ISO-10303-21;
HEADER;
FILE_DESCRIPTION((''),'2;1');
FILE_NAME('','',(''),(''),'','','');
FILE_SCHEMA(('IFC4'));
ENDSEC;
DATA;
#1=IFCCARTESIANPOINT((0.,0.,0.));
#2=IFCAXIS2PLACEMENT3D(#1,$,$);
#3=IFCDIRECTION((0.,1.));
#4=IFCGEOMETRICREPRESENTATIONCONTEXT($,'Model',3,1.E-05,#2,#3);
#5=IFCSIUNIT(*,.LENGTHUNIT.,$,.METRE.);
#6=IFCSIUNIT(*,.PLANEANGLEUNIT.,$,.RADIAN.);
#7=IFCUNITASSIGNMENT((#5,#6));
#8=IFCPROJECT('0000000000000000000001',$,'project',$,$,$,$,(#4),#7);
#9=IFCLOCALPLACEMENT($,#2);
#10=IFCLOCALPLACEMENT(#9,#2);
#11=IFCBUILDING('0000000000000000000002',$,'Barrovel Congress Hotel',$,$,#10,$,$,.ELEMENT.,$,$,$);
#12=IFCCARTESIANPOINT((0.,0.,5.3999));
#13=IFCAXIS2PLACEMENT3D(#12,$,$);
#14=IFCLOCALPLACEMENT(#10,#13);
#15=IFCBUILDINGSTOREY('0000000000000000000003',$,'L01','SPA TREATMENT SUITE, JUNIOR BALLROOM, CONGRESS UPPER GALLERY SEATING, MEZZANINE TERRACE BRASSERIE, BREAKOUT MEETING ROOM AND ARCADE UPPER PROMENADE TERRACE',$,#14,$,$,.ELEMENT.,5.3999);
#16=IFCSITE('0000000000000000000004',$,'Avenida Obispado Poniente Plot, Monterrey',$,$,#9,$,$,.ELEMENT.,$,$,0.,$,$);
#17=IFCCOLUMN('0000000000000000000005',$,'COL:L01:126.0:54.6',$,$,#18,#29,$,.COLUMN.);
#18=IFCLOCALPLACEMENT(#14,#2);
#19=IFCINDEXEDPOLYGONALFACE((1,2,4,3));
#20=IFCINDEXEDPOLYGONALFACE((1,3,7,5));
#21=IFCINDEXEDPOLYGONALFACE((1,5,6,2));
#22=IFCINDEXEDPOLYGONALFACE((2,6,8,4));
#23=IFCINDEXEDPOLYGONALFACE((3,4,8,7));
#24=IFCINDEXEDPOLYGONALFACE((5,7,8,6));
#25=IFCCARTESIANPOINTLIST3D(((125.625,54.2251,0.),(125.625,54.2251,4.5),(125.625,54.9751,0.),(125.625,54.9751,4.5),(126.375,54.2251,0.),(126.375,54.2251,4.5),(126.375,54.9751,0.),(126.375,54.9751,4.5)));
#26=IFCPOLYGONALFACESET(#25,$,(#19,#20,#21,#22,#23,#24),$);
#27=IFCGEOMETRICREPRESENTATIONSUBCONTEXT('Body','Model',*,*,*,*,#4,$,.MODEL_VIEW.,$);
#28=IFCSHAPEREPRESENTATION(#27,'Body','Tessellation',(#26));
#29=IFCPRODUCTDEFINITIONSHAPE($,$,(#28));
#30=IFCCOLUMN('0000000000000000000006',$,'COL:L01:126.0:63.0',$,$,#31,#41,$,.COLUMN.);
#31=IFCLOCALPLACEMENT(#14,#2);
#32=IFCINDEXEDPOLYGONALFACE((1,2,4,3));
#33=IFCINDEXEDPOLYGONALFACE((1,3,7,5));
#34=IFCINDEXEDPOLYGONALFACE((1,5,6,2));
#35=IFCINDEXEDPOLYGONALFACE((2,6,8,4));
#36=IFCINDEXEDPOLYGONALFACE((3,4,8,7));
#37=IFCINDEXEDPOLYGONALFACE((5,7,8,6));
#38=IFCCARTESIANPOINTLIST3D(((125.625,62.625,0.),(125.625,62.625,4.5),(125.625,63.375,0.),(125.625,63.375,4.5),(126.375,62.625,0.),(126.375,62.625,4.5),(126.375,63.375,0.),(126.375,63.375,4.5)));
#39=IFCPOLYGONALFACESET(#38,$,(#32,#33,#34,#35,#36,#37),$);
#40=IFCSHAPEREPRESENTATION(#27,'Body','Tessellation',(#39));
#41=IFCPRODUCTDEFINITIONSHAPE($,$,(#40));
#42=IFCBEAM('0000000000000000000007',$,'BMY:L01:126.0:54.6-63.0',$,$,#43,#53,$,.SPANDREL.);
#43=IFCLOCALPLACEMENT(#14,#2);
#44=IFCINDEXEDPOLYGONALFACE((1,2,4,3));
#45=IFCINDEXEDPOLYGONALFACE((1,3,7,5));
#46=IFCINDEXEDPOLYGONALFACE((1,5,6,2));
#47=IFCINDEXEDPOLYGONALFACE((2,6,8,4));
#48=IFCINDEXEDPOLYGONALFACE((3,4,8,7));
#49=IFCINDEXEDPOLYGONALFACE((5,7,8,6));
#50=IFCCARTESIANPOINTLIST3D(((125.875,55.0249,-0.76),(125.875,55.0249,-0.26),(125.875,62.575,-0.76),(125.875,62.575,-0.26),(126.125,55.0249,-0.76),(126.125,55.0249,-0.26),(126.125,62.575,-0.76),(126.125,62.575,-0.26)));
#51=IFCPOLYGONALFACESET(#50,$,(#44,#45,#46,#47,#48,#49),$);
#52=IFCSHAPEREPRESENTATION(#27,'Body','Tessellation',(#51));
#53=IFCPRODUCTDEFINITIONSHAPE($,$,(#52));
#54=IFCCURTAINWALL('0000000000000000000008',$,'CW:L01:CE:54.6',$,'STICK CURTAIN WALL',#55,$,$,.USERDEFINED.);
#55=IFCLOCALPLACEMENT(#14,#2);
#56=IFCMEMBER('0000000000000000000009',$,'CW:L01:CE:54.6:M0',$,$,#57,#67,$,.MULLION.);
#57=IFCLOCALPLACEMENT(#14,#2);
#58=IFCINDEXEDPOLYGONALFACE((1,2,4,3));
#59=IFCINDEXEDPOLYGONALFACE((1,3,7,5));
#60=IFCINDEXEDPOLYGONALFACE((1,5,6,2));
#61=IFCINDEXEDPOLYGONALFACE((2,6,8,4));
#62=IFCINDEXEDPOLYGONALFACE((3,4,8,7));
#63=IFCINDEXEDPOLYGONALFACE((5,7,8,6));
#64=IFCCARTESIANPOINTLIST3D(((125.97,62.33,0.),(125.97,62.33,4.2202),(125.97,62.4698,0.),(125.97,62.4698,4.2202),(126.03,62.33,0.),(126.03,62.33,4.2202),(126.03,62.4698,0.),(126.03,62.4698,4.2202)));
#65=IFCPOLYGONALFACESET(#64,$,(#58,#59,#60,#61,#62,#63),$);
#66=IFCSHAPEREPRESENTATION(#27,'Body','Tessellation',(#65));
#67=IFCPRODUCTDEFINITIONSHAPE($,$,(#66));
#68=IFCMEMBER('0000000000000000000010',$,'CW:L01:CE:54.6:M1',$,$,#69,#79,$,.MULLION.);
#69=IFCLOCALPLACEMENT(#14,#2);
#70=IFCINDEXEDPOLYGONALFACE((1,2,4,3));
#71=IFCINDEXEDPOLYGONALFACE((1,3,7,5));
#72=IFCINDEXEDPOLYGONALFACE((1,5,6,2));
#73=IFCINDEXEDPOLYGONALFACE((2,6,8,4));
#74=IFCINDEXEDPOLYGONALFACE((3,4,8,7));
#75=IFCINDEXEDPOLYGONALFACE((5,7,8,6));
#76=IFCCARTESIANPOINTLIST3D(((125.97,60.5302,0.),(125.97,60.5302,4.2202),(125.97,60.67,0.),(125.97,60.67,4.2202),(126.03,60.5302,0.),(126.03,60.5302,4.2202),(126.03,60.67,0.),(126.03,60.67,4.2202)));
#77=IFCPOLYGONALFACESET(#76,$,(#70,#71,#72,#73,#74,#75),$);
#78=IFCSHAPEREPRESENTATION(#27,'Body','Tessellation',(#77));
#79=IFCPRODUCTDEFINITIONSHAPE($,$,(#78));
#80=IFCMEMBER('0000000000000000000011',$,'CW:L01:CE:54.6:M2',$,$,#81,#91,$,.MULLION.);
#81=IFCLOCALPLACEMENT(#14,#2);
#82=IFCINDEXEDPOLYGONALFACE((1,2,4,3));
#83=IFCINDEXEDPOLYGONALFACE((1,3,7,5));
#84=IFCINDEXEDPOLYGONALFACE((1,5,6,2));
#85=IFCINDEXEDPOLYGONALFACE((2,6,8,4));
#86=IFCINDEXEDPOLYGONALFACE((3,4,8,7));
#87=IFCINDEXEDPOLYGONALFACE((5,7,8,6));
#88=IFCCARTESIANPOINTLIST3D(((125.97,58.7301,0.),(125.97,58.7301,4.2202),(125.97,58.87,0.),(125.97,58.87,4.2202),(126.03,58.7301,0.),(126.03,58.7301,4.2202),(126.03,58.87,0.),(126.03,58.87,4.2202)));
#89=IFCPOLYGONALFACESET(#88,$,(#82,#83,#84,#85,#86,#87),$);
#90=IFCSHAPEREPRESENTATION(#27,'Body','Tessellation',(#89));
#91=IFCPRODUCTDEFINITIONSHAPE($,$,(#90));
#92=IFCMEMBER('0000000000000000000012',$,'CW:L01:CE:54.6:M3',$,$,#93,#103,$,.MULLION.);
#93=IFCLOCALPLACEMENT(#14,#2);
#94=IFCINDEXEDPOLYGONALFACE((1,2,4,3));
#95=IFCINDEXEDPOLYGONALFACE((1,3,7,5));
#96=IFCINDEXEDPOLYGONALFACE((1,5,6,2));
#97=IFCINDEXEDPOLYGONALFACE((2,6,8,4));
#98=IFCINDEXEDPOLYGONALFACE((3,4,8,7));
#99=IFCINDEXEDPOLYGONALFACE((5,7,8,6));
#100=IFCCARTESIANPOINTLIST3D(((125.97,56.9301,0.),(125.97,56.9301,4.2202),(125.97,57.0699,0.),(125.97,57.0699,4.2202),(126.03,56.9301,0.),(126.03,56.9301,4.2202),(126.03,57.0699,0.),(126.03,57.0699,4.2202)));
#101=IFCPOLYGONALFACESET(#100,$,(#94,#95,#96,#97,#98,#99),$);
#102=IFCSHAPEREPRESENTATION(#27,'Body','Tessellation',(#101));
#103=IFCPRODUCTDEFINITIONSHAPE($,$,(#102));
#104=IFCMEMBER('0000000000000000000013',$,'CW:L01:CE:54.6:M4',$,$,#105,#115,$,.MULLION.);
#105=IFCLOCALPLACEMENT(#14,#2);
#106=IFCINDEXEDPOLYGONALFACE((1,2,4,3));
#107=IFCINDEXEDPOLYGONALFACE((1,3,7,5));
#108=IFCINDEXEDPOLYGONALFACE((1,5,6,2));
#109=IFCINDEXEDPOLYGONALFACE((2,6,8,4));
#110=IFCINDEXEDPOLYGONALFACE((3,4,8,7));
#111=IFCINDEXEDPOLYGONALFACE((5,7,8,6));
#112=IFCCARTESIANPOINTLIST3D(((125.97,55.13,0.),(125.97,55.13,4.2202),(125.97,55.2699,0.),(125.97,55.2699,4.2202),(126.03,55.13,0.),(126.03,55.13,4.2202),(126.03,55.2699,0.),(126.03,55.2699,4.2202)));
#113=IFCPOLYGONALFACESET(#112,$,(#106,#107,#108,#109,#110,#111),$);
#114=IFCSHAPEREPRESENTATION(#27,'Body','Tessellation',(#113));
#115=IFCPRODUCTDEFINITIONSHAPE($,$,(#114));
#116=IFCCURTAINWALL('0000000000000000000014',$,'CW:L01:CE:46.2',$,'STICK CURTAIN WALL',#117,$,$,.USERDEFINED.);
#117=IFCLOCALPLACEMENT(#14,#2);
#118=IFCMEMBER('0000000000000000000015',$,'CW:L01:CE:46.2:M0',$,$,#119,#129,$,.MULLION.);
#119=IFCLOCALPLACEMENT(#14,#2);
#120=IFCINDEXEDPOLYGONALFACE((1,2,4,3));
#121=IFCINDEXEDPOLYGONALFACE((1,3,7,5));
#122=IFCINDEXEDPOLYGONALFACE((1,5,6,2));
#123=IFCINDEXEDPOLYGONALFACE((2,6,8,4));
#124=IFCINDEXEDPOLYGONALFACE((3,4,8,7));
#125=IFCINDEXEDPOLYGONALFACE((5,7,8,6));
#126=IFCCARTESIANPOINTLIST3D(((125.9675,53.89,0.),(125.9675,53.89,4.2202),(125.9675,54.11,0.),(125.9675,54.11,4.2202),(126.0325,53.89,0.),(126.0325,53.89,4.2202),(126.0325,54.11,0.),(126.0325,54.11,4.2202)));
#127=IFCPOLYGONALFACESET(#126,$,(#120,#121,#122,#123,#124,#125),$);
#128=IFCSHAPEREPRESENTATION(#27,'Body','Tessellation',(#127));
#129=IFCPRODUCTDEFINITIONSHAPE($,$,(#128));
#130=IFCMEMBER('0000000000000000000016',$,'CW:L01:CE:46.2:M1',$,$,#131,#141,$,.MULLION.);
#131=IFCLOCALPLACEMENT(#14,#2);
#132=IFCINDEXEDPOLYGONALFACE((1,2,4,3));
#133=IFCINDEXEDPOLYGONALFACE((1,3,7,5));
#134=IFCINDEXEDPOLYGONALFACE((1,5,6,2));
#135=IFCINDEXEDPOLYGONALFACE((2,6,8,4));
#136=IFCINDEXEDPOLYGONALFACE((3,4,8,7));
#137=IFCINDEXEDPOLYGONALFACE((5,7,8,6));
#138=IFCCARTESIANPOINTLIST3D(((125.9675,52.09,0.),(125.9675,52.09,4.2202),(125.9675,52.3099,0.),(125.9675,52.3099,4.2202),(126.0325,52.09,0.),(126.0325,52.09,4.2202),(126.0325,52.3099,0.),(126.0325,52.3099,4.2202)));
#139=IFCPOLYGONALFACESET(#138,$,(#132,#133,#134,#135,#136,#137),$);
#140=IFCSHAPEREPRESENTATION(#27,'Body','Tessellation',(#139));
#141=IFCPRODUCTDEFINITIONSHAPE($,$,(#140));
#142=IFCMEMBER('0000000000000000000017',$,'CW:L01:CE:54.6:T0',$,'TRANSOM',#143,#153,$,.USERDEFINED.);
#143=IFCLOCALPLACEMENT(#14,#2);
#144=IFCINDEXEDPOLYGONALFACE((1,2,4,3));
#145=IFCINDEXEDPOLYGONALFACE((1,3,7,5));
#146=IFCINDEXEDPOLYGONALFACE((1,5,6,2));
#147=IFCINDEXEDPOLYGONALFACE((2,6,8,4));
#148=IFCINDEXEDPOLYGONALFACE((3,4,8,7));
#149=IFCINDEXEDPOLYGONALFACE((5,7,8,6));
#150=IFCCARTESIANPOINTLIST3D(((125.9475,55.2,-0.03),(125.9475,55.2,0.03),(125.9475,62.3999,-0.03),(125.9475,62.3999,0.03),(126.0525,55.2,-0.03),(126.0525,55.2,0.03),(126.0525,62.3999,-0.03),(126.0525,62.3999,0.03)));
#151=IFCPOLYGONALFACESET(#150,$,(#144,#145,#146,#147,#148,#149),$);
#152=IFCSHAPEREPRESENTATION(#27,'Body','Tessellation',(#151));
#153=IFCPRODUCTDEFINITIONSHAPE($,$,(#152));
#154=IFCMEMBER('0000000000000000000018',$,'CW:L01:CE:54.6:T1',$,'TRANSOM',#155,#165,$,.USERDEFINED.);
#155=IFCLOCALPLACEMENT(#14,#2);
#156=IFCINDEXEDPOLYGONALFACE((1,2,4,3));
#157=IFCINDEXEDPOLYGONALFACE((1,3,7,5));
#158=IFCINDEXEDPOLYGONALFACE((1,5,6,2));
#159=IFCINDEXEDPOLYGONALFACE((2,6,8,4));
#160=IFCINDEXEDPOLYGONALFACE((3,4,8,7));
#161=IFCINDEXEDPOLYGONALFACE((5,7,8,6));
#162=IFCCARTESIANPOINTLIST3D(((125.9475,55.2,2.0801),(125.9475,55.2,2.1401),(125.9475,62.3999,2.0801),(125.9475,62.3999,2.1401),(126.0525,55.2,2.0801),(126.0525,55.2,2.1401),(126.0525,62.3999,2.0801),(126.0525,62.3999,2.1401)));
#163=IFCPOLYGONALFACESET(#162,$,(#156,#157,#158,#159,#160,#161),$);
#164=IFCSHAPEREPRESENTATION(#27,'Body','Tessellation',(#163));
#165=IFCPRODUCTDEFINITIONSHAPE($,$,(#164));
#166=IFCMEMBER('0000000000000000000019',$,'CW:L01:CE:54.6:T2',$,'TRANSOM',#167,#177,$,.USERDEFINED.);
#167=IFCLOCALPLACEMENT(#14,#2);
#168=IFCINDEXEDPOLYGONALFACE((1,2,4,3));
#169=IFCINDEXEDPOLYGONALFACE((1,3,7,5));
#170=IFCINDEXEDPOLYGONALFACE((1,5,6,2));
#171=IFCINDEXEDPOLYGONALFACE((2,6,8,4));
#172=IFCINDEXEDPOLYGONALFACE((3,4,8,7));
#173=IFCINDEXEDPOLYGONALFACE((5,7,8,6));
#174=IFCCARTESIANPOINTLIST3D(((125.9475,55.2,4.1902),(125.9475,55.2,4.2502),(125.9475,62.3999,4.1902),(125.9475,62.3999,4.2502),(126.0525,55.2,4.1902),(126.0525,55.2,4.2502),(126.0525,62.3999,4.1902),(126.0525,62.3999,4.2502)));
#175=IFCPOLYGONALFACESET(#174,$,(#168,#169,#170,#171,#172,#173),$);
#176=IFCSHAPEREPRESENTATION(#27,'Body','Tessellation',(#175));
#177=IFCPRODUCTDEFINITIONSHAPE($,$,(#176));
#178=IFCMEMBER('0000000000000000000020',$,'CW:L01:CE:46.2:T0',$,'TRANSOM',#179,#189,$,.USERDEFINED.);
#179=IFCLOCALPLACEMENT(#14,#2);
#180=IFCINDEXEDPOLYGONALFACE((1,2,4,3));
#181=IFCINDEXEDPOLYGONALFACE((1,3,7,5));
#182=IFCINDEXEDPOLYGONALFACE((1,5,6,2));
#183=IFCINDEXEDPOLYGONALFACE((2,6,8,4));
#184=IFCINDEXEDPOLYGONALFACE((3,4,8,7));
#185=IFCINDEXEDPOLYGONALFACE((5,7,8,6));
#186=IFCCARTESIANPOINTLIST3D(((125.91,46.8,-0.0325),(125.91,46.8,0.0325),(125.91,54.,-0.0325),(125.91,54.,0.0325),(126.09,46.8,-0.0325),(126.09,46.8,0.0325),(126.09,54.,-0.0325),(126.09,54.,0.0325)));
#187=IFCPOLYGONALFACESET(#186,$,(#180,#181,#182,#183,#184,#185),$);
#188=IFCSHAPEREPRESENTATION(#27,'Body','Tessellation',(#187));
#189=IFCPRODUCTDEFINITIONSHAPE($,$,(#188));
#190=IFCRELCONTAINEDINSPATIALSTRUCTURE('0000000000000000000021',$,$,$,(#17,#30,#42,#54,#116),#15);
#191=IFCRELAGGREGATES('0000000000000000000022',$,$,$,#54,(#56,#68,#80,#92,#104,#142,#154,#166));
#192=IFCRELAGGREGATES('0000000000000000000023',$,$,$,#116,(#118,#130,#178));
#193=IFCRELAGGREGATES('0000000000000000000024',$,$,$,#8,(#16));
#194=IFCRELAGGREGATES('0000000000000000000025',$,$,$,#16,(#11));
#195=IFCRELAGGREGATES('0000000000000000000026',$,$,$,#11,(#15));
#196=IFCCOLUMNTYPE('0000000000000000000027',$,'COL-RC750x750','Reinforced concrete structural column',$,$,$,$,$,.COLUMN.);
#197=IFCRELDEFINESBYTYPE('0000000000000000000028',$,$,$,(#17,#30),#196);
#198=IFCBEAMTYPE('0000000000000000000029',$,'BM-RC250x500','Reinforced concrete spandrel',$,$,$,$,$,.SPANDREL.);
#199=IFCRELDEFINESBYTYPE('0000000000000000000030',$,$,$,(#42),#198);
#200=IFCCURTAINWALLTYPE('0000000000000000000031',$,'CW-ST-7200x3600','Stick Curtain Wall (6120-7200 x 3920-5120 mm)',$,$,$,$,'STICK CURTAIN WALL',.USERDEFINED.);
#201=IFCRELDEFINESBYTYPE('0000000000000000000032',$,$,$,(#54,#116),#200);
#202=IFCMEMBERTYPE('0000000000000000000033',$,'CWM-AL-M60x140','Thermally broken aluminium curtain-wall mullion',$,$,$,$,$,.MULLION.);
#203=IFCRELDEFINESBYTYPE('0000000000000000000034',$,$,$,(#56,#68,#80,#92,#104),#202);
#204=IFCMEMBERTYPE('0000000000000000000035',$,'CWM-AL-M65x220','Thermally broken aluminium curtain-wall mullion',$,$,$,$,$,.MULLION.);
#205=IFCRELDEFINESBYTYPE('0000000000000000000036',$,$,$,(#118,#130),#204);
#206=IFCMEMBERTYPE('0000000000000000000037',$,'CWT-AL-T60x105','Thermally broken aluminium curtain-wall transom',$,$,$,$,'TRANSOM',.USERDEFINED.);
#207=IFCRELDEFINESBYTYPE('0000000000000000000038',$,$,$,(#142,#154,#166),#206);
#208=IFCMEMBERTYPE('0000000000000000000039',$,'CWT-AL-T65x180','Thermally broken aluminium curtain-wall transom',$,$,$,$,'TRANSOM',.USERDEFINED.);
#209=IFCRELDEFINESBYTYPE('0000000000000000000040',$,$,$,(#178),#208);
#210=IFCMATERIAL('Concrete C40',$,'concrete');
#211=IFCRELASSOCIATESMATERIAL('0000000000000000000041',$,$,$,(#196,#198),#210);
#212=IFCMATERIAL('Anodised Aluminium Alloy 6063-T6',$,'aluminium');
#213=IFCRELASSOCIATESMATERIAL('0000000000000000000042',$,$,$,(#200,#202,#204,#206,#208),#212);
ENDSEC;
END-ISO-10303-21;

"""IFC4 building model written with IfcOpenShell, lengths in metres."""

from ifc_helpers import new_model, si_unit, direction, frame, origin, origin_2d, place, context, subcontext, project, spatial, rectangle, extrude, material, material_profile, profile_set, type_object, element, aggregate, save


model = new_model("IFC4")

# Units and contexts
model_context = context("Model", 3, precision=1e-05, world=origin(), true_north=direction((0.0, 1.0)))
body_context = subcontext(model_context, "Body", "Model", "MODEL_VIEW")
ifc_project = project(units=[si_unit("LENGTHUNIT", "METRE"), si_unit("PLANEANGLEUNIT", "RADIAN")], contexts=[model_context])

# Site, building, storey
site_placement = place(None, origin())
site = spatial("IfcSite", under=ifc_project, at=site_placement, Name="Avenida Obispado Poniente Plot, Monterrey", CompositionType="ELEMENT", RefElevation=0.0)
building_placement = place(site_placement, origin())
building = spatial("IfcBuilding", under=site, at=building_placement, Name="Barrovel Congress Hotel", CompositionType="ELEMENT")
storey_placement = place(building_placement, frame((0.0, 0.0, 5.3999)))
storey = spatial("IfcBuildingStorey", under=building, at=storey_placement, Name="L01", Description="SPA TREATMENT SUITE, JUNIOR BALLROOM, CONGRESS UPPER GALLERY SEATING, MEZZANINE TERRACE BRASSERIE, BREAKOUT MEETING ROOM AND ARCADE UPPER PROMENADE TERRACE", CompositionType="ELEMENT", Elevation=5.3999)

# Columns
ifc_material_1 = material(Name="Concrete C40", Category="concrete")
ifc_material_profile_1 = material_profile(ifc_material_1, rectangle(XDim=0.75, YDim=0.75, at=origin_2d()), Name="RC750x750")
ifc_profile_set_1 = profile_set([ifc_material_profile_1], Name="Concrete C40")
column_type = type_object("IfcColumnType", Name="COL-RC750x750", Description="Reinforced concrete structural column", PredefinedType="COLUMN", material=ifc_profile_set_1)
for number, where, z_axis, x_axis, name in (
    (1, (126.0, 54.6001, 0.0), (0.0, 0.0, 1.0), (1.0, 0.0, 0.0), "COL:L01:126.0:54.6"),
    (2, (126.0, 63.0, 0.0), (0.0, 0.0, 1.0), (1.0, 0.0, 0.0), "COL:L01:126.0:63.0"),
):
    element("IfcColumn", number, at=place(storey_placement, frame(where, z_axis=z_axis, x_axis=x_axis)), inside=storey, type_object=column_type, Name=name, PredefinedType="COLUMN", context=body_context, shape_type="SweptSolid", body=[
        extrude(rectangle(XDim=0.75, YDim=0.75, at=origin_2d()), origin(), (0.0, 0.0, 1.0), 4.5),
    ])

# Beam
ifc_material_profile_2 = material_profile(ifc_material_1, rectangle(XDim=0.25, YDim=0.5, at=origin_2d()), Name="RC250x500")
ifc_profile_set_2 = profile_set([ifc_material_profile_2], Name="Concrete C40")
beam_type = type_object("IfcBeamType", Name="BM-RC250x500", Description="Reinforced concrete spandrel", PredefinedType="SPANDREL", material=ifc_profile_set_2)
beam_placement = place(storey_placement, frame((126.0, 55.0249, -0.51), z_axis=(0.0, 1.0, 0.0), x_axis=(-1.0, 0.0, 0.0)))
element("IfcBeam", 3, at=beam_placement, inside=storey, type_object=beam_type, Name="BMY:L01:126.0:54.6-63.0", PredefinedType="SPANDREL", context=body_context, shape_type="SweptSolid", body=[
    extrude(rectangle(XDim=0.25, YDim=0.5, at=origin_2d()), origin(), (0.0, 0.0, 1.0), 7.55),
])

# Curtain walls, members
ifc_material_2 = material(Name="Anodised Aluminium Alloy 6063-T6", Category="aluminium")
curtain_wall_type = type_object("IfcCurtainWallType", Name="CW-ST-7200x3600", Description="Stick Curtain Wall (6120-7200 x 3920-5120 mm)", ElementType="STICK CURTAIN WALL", PredefinedType="USERDEFINED", material=ifc_material_2)
curtain_wall_1_placement = place(storey_placement, origin())
curtain_wall_1 = element("IfcCurtainWall", 4, at=curtain_wall_1_placement, inside=storey, type_object=curtain_wall_type, Name="CW:L01:CE:54.6", ObjectType="STICK CURTAIN WALL", PredefinedType="USERDEFINED")
ifc_material_profile_3 = material_profile(ifc_material_2, rectangle(XDim=0.0601, YDim=0.1399, at=origin_2d()), Name="AL-M60x140")
ifc_profile_set_3 = profile_set([ifc_material_profile_3], Name="Anodised Aluminium Alloy 6063-T6")
member_type_1 = type_object("IfcMemberType", Name="CWM-AL-M60x140", Description="Thermally broken aluminium curtain-wall mullion", PredefinedType="MULLION", material=ifc_profile_set_3)
member_1_placement = place(storey_placement, frame((126.0, 62.3999, 0.0), z_axis=(0.0, 0.0, 1.0), x_axis=(1.0, 0.0, 0.0)))
member_1 = element("IfcMember", 5, at=member_1_placement, type_object=member_type_1, Name="CW:L01:CE:54.6:M0", PredefinedType="MULLION", context=body_context, shape_type="SweptSolid", body=[
    extrude(rectangle(XDim=0.0601, YDim=0.1399, at=origin_2d()), origin(), (0.0, 0.0, 1.0), 4.2202),
])
member_2_placement = place(storey_placement, frame((126.0, 60.6001, 0.0), z_axis=(0.0, 0.0, 1.0), x_axis=(1.0, 0.0, 0.0)))
member_2 = element("IfcMember", 6, at=member_2_placement, type_object=member_type_1, Name="CW:L01:CE:54.6:M1", PredefinedType="MULLION", context=body_context, shape_type="SweptSolid", body=[
    extrude(rectangle(XDim=0.0601, YDim=0.1399, at=origin_2d()), origin(), (0.0, 0.0, 1.0), 4.2202),
])
member_3_placement = place(storey_placement, frame((126.0, 58.8, 0.0), z_axis=(0.0, 0.0, 1.0), x_axis=(1.0, 0.0, 0.0)))
member_3 = element("IfcMember", 7, at=member_3_placement, type_object=member_type_1, Name="CW:L01:CE:54.6:M2", PredefinedType="MULLION", context=body_context, shape_type="SweptSolid", body=[
    extrude(rectangle(XDim=0.0601, YDim=0.1399, at=origin_2d()), origin(), (0.0, 0.0, 1.0), 4.2202),
])
member_4_placement = place(storey_placement, frame((126.0, 57.0, 0.0), z_axis=(0.0, 0.0, 1.0), x_axis=(1.0, 0.0, 0.0)))
member_4 = element("IfcMember", 8, at=member_4_placement, type_object=member_type_1, Name="CW:L01:CE:54.6:M3", PredefinedType="MULLION", context=body_context, shape_type="SweptSolid", body=[
    extrude(rectangle(XDim=0.0601, YDim=0.1399, at=origin_2d()), origin(), (0.0, 0.0, 1.0), 4.2202),
])
member_5_placement = place(storey_placement, frame((126.0, 55.2, 0.0), z_axis=(0.0, 0.0, 1.0), x_axis=(1.0, 0.0, 0.0)))
member_5 = element("IfcMember", 9, at=member_5_placement, type_object=member_type_1, Name="CW:L01:CE:54.6:M4", PredefinedType="MULLION", context=body_context, shape_type="SweptSolid", body=[
    extrude(rectangle(XDim=0.0601, YDim=0.1399, at=origin_2d()), origin(), (0.0, 0.0, 1.0), 4.2202),
])
curtain_wall_2_placement = place(storey_placement, origin())
curtain_wall_2 = element("IfcCurtainWall", 10, at=curtain_wall_2_placement, inside=storey, type_object=curtain_wall_type, Name="CW:L01:CE:46.2", ObjectType="STICK CURTAIN WALL", PredefinedType="USERDEFINED")
ifc_material_profile_4 = material_profile(ifc_material_2, rectangle(XDim=0.0649, YDim=0.22, at=origin_2d()), Name="AL-M65x220")
ifc_profile_set_4 = profile_set([ifc_material_profile_4], Name="Anodised Aluminium Alloy 6063-T6")
member_type_2 = type_object("IfcMemberType", Name="CWM-AL-M65x220", Description="Thermally broken aluminium curtain-wall mullion", PredefinedType="MULLION", material=ifc_profile_set_4)
member_6_placement = place(storey_placement, frame((126.0, 54.0, 0.0), z_axis=(0.0, 0.0, 1.0), x_axis=(1.0, 0.0, 0.0)))
member_6 = element("IfcMember", 11, at=member_6_placement, type_object=member_type_2, Name="CW:L01:CE:46.2:M0", PredefinedType="MULLION", context=body_context, shape_type="SweptSolid", body=[
    extrude(rectangle(XDim=0.0649, YDim=0.22, at=origin_2d()), origin(), (0.0, 0.0, 1.0), 4.2202),
])
member_7_placement = place(storey_placement, frame((126.0, 52.2, 0.0), z_axis=(0.0, 0.0, 1.0), x_axis=(1.0, 0.0, 0.0)))
member_7 = element("IfcMember", 12, at=member_7_placement, type_object=member_type_2, Name="CW:L01:CE:46.2:M1", PredefinedType="MULLION", context=body_context, shape_type="SweptSolid", body=[
    extrude(rectangle(XDim=0.0649, YDim=0.22, at=origin_2d()), origin(), (0.0, 0.0, 1.0), 4.2202),
])

# Members
ifc_material_profile_5 = material_profile(ifc_material_2, rectangle(XDim=0.105, YDim=0.0601, at=origin_2d()), Name="AL-T60x105")
ifc_profile_set_5 = profile_set([ifc_material_profile_5], Name="Anodised Aluminium Alloy 6063-T6")
member_type_3 = type_object("IfcMemberType", Name="CWT-AL-T60x105", Description="Thermally broken aluminium curtain-wall transom", ElementType="TRANSOM", PredefinedType="USERDEFINED", material=ifc_profile_set_5)
member_8_placement = place(storey_placement, frame((126.0, 62.3999, 0.0), z_axis=(0.0, -1.0, 0.0), x_axis=(1.0, 0.0, 0.0)))
member_8 = element("IfcMember", 13, at=member_8_placement, type_object=member_type_3, Name="CW:L01:CE:54.6:T0", ObjectType="TRANSOM", PredefinedType="USERDEFINED", context=body_context, shape_type="SweptSolid", body=[
    extrude(rectangle(XDim=0.105, YDim=0.0601, at=origin_2d()), origin(), (0.0, 0.0, 1.0), 7.2),
])
member_9_placement = place(storey_placement, frame((126.0, 62.3999, 2.1101), z_axis=(0.0, -1.0, 0.0), x_axis=(1.0, 0.0, 0.0)))
member_9 = element("IfcMember", 14, at=member_9_placement, type_object=member_type_3, Name="CW:L01:CE:54.6:T1", ObjectType="TRANSOM", PredefinedType="USERDEFINED", context=body_context, shape_type="SweptSolid", body=[
    extrude(rectangle(XDim=0.105, YDim=0.0601, at=origin_2d()), origin(), (0.0, 0.0, 1.0), 7.2),
])
member_10_placement = place(storey_placement, frame((126.0, 62.3999, 4.2202), z_axis=(0.0, -1.0, 0.0), x_axis=(1.0, 0.0, 0.0)))
member_10 = element("IfcMember", 15, at=member_10_placement, type_object=member_type_3, Name="CW:L01:CE:54.6:T2", ObjectType="TRANSOM", PredefinedType="USERDEFINED", context=body_context, shape_type="SweptSolid", body=[
    extrude(rectangle(XDim=0.105, YDim=0.0601, at=origin_2d()), origin(), (0.0, 0.0, 1.0), 7.2),
])
ifc_material_profile_6 = material_profile(ifc_material_2, rectangle(XDim=0.1799, YDim=0.0649, at=origin_2d()), Name="AL-T65x180")
ifc_profile_set_6 = profile_set([ifc_material_profile_6], Name="Anodised Aluminium Alloy 6063-T6")
member_type_4 = type_object("IfcMemberType", Name="CWT-AL-T65x180", Description="Thermally broken aluminium curtain-wall transom", ElementType="TRANSOM", PredefinedType="USERDEFINED", material=ifc_profile_set_6)
member_11_placement = place(storey_placement, frame((126.0, 54.0, 0.0), z_axis=(0.0, -1.0, 0.0), x_axis=(1.0, 0.0, 0.0)))
member_11 = element("IfcMember", 16, at=member_11_placement, type_object=member_type_4, Name="CW:L01:CE:46.2:T0", ObjectType="TRANSOM", PredefinedType="USERDEFINED", context=body_context, shape_type="SweptSolid", body=[
    extrude(rectangle(XDim=0.1799, YDim=0.0649, at=origin_2d()), origin(), (0.0, 0.0, 1.0), 7.2),
])

aggregate(curtain_wall_1, [member_1, member_2, member_3, member_4, member_5, member_8, member_9, member_10])
aggregate(curtain_wall_2, [member_6, member_7, member_11])

save(model, "model.ifc")
